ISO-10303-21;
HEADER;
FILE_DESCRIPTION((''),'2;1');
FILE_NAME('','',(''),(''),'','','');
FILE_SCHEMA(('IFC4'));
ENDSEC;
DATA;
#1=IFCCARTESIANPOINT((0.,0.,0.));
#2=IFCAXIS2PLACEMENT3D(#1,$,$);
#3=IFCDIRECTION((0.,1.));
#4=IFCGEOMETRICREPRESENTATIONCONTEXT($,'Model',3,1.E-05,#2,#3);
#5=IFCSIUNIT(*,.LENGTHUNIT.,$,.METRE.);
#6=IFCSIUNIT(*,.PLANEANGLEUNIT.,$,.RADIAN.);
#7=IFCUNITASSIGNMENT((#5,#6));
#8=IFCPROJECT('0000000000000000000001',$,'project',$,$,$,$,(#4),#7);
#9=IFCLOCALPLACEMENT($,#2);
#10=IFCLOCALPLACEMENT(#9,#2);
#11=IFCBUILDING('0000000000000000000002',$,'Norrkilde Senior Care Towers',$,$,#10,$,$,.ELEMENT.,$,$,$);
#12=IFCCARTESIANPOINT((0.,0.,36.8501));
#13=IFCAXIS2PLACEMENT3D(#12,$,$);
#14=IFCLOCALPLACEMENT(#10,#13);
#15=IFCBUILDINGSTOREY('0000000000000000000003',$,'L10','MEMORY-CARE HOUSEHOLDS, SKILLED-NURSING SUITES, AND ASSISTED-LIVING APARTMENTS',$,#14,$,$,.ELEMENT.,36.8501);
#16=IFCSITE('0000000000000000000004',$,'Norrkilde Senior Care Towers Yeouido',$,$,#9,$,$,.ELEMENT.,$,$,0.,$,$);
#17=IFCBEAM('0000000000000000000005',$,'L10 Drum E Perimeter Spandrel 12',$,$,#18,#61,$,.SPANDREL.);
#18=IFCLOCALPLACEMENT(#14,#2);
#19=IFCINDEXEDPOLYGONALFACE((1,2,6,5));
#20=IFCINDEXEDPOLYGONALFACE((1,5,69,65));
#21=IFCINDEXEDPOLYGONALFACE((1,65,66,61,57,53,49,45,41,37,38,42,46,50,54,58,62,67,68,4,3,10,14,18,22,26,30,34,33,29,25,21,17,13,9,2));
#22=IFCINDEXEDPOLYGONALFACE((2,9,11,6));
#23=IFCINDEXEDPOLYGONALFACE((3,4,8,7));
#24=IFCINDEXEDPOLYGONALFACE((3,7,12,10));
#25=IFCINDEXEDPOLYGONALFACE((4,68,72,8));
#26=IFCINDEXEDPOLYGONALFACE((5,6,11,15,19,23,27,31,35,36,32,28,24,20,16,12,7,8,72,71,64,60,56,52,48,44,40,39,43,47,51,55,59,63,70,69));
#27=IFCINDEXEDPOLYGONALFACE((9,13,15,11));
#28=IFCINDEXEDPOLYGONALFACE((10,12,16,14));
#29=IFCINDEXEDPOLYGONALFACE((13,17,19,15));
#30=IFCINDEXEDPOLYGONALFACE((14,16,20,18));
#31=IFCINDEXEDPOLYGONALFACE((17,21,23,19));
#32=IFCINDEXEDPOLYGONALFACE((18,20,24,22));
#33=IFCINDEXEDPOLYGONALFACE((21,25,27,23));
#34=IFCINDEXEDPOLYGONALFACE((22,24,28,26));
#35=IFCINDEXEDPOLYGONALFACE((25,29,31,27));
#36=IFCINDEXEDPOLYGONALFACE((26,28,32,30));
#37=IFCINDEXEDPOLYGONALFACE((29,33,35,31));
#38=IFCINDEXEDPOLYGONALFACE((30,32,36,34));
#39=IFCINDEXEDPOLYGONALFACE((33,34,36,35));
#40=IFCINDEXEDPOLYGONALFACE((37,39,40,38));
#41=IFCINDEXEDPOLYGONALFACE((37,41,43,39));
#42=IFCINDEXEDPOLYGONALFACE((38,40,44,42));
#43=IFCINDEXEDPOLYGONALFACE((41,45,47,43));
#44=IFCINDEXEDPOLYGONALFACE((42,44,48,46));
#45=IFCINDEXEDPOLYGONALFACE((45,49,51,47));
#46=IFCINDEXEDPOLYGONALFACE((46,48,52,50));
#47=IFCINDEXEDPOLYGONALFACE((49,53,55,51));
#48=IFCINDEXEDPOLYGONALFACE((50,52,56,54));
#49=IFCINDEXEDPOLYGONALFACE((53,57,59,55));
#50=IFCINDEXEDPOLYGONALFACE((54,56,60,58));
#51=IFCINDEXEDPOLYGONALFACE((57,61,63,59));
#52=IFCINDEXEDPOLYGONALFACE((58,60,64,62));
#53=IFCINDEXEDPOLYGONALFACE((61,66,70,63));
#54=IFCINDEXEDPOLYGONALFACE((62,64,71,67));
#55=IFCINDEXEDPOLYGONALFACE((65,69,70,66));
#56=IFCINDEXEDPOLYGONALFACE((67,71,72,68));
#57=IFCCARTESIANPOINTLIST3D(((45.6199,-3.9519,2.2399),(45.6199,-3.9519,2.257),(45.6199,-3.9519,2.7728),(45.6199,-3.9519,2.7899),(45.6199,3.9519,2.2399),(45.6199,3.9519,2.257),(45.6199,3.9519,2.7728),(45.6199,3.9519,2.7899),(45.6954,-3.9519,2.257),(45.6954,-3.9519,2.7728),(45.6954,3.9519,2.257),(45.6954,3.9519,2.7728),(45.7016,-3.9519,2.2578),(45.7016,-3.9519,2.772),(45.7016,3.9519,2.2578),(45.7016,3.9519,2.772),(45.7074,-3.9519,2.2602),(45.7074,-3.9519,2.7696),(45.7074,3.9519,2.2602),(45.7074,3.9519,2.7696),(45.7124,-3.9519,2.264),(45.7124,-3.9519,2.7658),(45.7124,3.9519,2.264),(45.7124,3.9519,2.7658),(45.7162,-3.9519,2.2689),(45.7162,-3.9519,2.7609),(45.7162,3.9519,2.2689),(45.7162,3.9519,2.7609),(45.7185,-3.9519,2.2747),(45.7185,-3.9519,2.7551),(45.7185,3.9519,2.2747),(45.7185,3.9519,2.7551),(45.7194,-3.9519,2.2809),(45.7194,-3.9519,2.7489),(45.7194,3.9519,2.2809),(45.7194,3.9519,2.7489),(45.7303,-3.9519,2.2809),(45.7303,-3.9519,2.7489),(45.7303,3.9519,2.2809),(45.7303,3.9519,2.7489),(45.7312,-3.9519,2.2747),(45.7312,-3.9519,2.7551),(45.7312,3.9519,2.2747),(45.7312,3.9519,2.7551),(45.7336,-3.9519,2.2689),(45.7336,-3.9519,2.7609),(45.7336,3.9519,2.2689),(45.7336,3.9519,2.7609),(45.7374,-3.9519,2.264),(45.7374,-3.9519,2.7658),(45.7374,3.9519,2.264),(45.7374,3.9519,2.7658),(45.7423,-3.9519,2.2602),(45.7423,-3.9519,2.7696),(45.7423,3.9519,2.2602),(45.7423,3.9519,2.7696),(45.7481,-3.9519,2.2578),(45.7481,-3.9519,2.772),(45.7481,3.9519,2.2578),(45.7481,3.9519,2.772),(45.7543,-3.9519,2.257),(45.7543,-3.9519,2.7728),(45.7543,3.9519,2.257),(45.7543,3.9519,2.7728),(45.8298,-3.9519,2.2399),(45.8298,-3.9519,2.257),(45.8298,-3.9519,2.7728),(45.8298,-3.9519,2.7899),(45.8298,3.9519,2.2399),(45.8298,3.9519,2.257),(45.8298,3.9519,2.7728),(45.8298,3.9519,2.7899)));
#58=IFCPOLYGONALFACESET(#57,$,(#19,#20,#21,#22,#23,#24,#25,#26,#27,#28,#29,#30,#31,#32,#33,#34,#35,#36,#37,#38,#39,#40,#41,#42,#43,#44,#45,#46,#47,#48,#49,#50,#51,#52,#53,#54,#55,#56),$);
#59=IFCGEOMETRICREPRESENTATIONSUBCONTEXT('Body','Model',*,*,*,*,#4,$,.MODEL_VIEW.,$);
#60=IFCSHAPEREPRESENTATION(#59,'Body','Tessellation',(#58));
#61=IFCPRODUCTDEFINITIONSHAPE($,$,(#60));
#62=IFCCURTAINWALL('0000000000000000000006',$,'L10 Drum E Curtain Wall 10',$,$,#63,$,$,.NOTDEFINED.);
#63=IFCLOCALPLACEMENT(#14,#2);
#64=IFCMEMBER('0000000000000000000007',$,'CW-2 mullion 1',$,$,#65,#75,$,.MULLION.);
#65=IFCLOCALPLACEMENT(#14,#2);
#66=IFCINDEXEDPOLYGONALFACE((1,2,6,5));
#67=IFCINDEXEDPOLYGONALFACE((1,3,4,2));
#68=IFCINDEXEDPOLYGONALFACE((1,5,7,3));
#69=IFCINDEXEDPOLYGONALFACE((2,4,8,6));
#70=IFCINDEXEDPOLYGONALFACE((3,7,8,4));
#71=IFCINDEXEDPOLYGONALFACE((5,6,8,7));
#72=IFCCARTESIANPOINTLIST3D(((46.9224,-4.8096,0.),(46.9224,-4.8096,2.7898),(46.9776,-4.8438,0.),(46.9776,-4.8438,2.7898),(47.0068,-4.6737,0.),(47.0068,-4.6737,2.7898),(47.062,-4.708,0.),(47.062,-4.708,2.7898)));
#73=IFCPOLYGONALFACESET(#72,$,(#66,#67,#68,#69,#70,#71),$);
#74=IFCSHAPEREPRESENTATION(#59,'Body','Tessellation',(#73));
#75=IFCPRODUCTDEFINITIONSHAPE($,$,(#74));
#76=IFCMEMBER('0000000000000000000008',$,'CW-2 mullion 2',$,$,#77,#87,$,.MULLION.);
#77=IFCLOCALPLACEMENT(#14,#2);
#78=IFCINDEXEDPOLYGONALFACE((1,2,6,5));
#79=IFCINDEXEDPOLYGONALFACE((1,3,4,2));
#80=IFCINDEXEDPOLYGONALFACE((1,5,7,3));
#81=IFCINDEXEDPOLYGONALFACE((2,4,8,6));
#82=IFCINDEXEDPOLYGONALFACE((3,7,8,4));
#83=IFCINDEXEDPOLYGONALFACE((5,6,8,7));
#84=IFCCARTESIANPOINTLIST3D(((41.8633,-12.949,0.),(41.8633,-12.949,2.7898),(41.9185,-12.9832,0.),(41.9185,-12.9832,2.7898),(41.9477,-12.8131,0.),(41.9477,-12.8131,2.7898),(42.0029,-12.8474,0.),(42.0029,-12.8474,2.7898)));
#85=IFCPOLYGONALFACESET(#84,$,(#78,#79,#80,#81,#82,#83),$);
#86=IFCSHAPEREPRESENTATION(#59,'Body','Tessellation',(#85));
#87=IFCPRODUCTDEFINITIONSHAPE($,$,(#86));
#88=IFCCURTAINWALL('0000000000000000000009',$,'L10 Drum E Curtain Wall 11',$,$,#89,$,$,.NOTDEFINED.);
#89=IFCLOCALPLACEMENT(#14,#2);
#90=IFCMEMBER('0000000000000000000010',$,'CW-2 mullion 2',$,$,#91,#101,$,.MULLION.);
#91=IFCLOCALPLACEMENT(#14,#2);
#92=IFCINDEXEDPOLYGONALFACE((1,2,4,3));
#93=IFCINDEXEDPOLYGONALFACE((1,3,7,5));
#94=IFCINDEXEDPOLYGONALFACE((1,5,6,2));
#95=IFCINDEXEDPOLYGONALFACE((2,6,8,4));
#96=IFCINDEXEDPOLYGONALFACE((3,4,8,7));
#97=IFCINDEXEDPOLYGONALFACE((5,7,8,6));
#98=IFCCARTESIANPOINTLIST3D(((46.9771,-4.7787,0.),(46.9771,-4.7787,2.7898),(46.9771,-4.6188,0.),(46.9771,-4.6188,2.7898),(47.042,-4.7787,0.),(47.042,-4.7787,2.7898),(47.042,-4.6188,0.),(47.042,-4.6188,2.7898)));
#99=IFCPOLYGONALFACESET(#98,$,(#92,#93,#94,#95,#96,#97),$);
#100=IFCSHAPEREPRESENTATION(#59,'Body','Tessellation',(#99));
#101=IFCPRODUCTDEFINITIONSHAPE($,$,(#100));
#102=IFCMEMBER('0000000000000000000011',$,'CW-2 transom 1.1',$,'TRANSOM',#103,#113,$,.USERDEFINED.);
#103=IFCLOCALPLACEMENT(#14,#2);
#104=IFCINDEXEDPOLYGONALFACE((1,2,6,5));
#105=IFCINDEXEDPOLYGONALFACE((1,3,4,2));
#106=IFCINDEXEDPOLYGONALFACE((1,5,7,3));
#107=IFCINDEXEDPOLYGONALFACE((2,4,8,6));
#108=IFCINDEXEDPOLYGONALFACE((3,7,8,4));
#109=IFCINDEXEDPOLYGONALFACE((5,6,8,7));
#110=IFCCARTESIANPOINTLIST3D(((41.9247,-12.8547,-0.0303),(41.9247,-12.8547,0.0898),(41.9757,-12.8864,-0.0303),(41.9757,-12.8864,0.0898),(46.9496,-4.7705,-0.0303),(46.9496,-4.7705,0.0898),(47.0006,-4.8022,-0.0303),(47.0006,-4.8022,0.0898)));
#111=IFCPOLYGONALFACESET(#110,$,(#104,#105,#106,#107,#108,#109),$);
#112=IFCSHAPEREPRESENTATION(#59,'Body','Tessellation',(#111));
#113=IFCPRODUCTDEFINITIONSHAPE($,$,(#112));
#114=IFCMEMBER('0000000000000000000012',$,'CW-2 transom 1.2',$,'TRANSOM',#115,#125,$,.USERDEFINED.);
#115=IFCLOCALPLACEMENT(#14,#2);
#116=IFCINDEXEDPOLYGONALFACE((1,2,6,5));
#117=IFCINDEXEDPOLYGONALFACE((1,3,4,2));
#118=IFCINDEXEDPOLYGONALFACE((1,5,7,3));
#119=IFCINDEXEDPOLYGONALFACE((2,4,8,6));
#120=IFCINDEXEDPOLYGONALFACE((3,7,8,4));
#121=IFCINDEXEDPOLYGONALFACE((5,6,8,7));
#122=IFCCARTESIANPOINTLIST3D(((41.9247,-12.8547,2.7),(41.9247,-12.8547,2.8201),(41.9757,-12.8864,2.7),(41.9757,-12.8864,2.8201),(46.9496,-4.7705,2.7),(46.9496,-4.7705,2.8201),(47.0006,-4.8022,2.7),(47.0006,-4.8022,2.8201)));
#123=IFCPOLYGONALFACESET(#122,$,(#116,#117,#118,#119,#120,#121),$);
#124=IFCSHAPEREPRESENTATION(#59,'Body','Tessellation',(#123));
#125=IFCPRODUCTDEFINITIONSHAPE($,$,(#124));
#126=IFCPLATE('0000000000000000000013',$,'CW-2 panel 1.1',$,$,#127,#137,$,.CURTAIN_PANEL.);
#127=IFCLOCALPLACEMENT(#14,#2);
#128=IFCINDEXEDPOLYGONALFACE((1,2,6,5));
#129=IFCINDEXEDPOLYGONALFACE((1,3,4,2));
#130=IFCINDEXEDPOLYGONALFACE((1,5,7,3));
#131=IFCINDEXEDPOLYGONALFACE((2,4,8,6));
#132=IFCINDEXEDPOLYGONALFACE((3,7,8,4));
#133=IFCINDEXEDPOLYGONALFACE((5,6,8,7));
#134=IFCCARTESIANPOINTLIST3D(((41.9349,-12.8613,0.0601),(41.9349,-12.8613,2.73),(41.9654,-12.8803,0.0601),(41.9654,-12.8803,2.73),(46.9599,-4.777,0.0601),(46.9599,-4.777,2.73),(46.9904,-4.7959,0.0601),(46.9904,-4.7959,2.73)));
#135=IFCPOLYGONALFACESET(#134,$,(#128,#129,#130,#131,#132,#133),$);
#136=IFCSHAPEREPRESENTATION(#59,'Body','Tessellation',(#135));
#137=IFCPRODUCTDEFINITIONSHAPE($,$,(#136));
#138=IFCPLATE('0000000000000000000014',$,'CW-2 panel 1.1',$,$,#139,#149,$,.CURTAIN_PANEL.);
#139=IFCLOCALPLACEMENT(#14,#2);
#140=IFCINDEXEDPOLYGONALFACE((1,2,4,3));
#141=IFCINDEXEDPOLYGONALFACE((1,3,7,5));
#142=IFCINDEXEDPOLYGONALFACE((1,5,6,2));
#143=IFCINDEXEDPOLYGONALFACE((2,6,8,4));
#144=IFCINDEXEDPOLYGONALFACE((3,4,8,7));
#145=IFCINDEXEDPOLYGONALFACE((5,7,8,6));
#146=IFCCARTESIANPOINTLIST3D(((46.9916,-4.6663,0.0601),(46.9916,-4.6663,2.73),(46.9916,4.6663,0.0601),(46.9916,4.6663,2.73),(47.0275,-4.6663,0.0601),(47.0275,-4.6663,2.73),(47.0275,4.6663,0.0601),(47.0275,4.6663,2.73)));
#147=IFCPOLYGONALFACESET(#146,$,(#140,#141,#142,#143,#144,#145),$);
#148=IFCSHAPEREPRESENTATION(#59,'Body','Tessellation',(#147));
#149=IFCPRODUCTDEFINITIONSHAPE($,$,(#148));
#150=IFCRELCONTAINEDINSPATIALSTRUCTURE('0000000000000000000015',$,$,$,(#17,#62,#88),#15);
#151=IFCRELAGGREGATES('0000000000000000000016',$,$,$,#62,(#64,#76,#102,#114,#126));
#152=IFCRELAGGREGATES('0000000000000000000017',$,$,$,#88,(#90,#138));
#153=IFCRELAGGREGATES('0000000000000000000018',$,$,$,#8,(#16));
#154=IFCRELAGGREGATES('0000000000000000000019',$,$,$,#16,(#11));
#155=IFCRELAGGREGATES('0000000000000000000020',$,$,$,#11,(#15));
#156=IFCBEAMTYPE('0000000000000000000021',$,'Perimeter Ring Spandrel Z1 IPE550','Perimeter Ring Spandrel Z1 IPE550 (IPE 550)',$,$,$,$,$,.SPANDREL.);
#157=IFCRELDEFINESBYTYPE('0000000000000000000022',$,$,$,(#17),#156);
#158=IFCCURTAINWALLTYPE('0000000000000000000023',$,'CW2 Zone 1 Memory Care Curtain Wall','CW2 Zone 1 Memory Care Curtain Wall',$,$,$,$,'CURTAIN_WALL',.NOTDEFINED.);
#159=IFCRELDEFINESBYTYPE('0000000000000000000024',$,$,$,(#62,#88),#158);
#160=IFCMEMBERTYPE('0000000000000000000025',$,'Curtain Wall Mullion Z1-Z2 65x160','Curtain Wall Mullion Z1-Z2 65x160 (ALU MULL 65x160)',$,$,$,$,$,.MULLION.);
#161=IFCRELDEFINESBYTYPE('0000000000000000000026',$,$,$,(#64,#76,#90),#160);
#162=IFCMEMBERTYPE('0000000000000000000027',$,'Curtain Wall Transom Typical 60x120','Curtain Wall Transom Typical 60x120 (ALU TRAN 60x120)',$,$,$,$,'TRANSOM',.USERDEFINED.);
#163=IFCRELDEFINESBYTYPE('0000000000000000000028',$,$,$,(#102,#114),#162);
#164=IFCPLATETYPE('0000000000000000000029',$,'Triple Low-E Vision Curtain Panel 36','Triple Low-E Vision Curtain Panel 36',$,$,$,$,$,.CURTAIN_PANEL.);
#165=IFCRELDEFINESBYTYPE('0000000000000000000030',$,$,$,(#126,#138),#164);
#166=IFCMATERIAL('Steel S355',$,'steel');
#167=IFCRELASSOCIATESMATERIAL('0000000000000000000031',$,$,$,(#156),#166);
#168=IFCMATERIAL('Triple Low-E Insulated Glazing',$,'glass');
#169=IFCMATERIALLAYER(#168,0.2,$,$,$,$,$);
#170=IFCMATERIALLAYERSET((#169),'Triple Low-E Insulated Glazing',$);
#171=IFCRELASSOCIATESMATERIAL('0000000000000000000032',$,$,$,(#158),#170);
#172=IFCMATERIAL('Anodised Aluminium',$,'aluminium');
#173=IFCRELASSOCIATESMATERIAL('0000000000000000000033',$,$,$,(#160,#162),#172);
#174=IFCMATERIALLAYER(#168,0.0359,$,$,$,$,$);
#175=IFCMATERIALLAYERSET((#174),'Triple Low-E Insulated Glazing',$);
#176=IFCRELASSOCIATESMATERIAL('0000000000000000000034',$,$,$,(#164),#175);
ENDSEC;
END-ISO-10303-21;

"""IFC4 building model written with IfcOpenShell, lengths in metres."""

from ifc_helpers import new_model, si_unit, direction, frame, origin, origin_2d, place, context, subcontext, project, spatial, rectangle, i_section, extrude, source, transform, mapped, material, layer, layer_set, material_profile, profile_set, type_object, type_shapes, element, aggregate, save


model = new_model("IFC4")

# Units and contexts
model_context = context("Model", 3, precision=1e-05, world=origin(), true_north=direction((0.0, 1.0)))
body_context = subcontext(model_context, "Body", "Model", "MODEL_VIEW")
ifc_project = project(units=[si_unit("LENGTHUNIT", "METRE"), si_unit("PLANEANGLEUNIT", "RADIAN")], contexts=[model_context])

# Site, building, storey
site_placement = place(None, origin())
site = spatial("IfcSite", under=ifc_project, at=site_placement, Name="Norrkilde Senior Care Towers Yeouido", CompositionType="ELEMENT", RefElevation=0.0)
building_placement = place(site_placement, origin())
building = spatial("IfcBuilding", under=site, at=building_placement, Name="Norrkilde Senior Care Towers", CompositionType="ELEMENT")
storey_placement = place(building_placement, frame((0.0, 0.0, 36.8501)))
storey = spatial("IfcBuildingStorey", under=building, at=storey_placement, Name="L10", Description="MEMORY-CARE HOUSEHOLDS, SKILLED-NURSING SUITES, AND ASSISTED-LIVING APARTMENTS", CompositionType="ELEMENT", Elevation=36.8501)

# Beam
ifc_material_1 = material(Name="Steel S355", Category="steel")
ifc_material_profile_1 = material_profile(ifc_material_1, i_section(OverallWidth=0.21, OverallDepth=0.55, WebThickness=0.011, FlangeThickness=0.0171, FilletRadius=0.0239, at=origin_2d()), Name="IPE 550")
ifc_profile_set_1 = profile_set([ifc_material_profile_1], Name="Steel S355")
beam_type_1 = type_object("IfcBeamType", Name="Perimeter Ring Spandrel Z1 IPE550", Description="Perimeter Ring Spandrel Z1 IPE550 (IPE 550)", PredefinedType="SPANDREL", material=ifc_profile_set_1)
shared_shape_1 = source(origin(), body_context, "Body", "SweptSolid", [
    extrude(i_section(OverallWidth=0.21, OverallDepth=0.55, WebThickness=0.011, FlangeThickness=0.0171, FilletRadius=0.0239, at=origin_2d()), origin(), (0.0, 0.0, 1.0), 7.9038),
])
beam_1_placement = place(storey_placement, frame((45.7249, -3.9519, 2.5149), z_axis=(0.0, 1.0, 0.0), x_axis=(-1.0, 0.0, 0.0)))
element("IfcBeam", 1, at=beam_1_placement, inside=storey, type_object=beam_type_1, Name="L10 Drum E Perimeter Spandrel 12", PredefinedType="SPANDREL", context=body_context, shape_type="MappedRepresentation", body=[
    mapped(shared_shape_1, transform((0.0, 0.0, 0.0), x_axis=(1.0, 0.0, 0.0), y_axis=(0.0, 1.0, 0.0), z_axis=(0.0, 0.0, 1.0), scale=1.0)),
])

# Curtain wall, members
ifc_material_2 = material(Name="Triple Low-E Insulated Glazing", Category="glass")
ifc_layer_1 = layer(ifc_material_2, 0.2)
ifc_layer_set_1 = layer_set([ifc_layer_1], Name="Triple Low-E Insulated Glazing")
curtain_wall_type = type_object("IfcCurtainWallType", Name="CW2 Zone 1 Memory Care Curtain Wall", Description="CW2 Zone 1 Memory Care Curtain Wall", ElementType="CURTAIN_WALL", PredefinedType="NOTDEFINED", material=ifc_layer_set_1)
curtain_wall_1_placement = place(storey_placement, origin())
curtain_wall_1 = element("IfcCurtainWall", 2, at=curtain_wall_1_placement, inside=storey, type_object=curtain_wall_type, Name="L10 Drum E Curtain Wall 10", PredefinedType="NOTDEFINED")
ifc_material_3 = material(Name="Anodised Aluminium", Category="aluminium")
ifc_material_profile_2 = material_profile(ifc_material_3, rectangle(XDim=0.0649, YDim=0.1599, at=origin_2d()), Name="ALU MULL 65x160")
ifc_profile_set_2 = profile_set([ifc_material_profile_2], Name="Anodised Aluminium")
member_type_1 = type_object("IfcMemberType", Name="Curtain Wall Mullion Z1-Z2 65x160", Description="Curtain Wall Mullion Z1-Z2 65x160 (ALU MULL 65x160)", PredefinedType="MULLION", material=ifc_profile_set_2)
shared_shape_2 = source(origin(), body_context, "Body", "SweptSolid", [
    extrude(rectangle(XDim=0.0649, YDim=0.1599, at=origin_2d()), origin(), (0.0, 0.0, 1.0), 2.7898),
])
type_shapes(member_type_1, [shared_shape_2])
member_1_placement = place(storey_placement, frame((46.9922, -4.7588, 0.0), z_axis=(0.0, 0.0, 1.0), x_axis=(0.849306, -0.527901, 0.0)))
member_1 = element("IfcMember", 3, at=member_1_placement, type_object=member_type_1, Name="CW-2 mullion 1", PredefinedType="MULLION", context=body_context, shape_type="MappedRepresentation", body=[
    mapped(shared_shape_2, transform((0.0, 0.0, 0.0), x_axis=(1.0, 0.0, 0.0), y_axis=(0.0, 1.0, 0.0), z_axis=(0.0, 0.0, 1.0), scale=1.0)),
])
member_2_placement = place(storey_placement, frame((41.9331, -12.8982, 0.0), z_axis=(0.0, 0.0, 1.0), x_axis=(0.849306, -0.527901, 0.0)))
member_2 = element("IfcMember", 4, at=member_2_placement, type_object=member_type_1, Name="CW-2 mullion 2", PredefinedType="MULLION", context=body_context, shape_type="MappedRepresentation", body=[
    mapped(shared_shape_2, transform((0.0, 0.0, 0.0), x_axis=(1.0, 0.0, 0.0), y_axis=(0.0, 1.0, 0.0), z_axis=(0.0, 0.0, 1.0), scale=1.0)),
])

# Curtain wall, member
curtain_wall_2_placement = place(storey_placement, origin())
curtain_wall_2 = element("IfcCurtainWall", 5, at=curtain_wall_2_placement, inside=storey, type_object=curtain_wall_type, Name="L10 Drum E Curtain Wall 11", PredefinedType="NOTDEFINED")
member_3_placement = place(storey_placement, frame((47.0095, -4.6987, 0.0), z_axis=(0.0, 0.0, 1.0), x_axis=(1.0, 0.0, 0.0)))
member_3 = element("IfcMember", 6, at=member_3_placement, type_object=member_type_1, Name="CW-2 mullion 2", PredefinedType="MULLION", context=body_context, shape_type="MappedRepresentation", body=[
    mapped(shared_shape_2, transform((0.0, 0.0, 0.0), x_axis=(1.0, 0.0, 0.0), y_axis=(0.0, 1.0, 0.0), z_axis=(0.0, 0.0, 1.0), scale=1.0)),
])

# Members
ifc_material_profile_3 = material_profile(ifc_material_3, rectangle(XDim=0.0601, YDim=0.1201, at=origin_2d()), Name="ALU TRAN 60x120")
ifc_profile_set_3 = profile_set([ifc_material_profile_3], Name="Anodised Aluminium")
member_type_2 = type_object("IfcMemberType", Name="Curtain Wall Transom Typical 60x120", Description="Curtain Wall Transom Typical 60x120 (ALU TRAN 60x120)", ElementType="TRANSOM", PredefinedType="USERDEFINED", material=ifc_profile_set_3)
shared_shape_3 = source(origin(), body_context, "Body", "SweptSolid", [
    extrude(rectangle(XDim=0.0601, YDim=0.1201, at=origin_2d()), origin(), (0.0, 0.0, 1.0), 9.5186),
])
type_shapes(member_type_2, [shared_shape_3])
member_4_placement = place(storey_placement, frame((46.9751, -4.7864, 0.0298), z_axis=(-0.527902, -0.849306, 0.0), x_axis=(0.849306, -0.527902, 0.0)))
member_4 = element("IfcMember", 7, at=member_4_placement, type_object=member_type_2, Name="CW-2 transom 1.1", ObjectType="TRANSOM", PredefinedType="USERDEFINED", context=body_context, shape_type="MappedRepresentation", body=[
    mapped(shared_shape_3, transform((0.0, 0.0, 0.0), x_axis=(1.0, 0.0, 0.0), y_axis=(0.0, 1.0, 0.0), z_axis=(0.0, 0.0, 1.0), scale=1.0)),
])
member_5_placement = place(storey_placement, frame((46.9751, -4.7864, 2.76), z_axis=(-0.527902, -0.849306, 0.0), x_axis=(0.849306, -0.527902, 0.0)))
member_5 = element("IfcMember", 8, at=member_5_placement, type_object=member_type_2, Name="CW-2 transom 1.2", ObjectType="TRANSOM", PredefinedType="USERDEFINED", context=body_context, shape_type="MappedRepresentation", body=[
    mapped(shared_shape_3, transform((0.0, 0.0, 0.0), x_axis=(1.0, 0.0, 0.0), y_axis=(0.0, 1.0, 0.0), z_axis=(0.0, 0.0, 1.0), scale=1.0)),
])

# Plates
ifc_layer_2 = layer(ifc_material_2, 0.0359)
ifc_layer_set_2 = layer_set([ifc_layer_2], Name="Triple Low-E Insulated Glazing")
plate_type = type_object("IfcPlateType", Name="Triple Low-E Vision Curtain Panel 36", Description="Triple Low-E Vision Curtain Panel 36", PredefinedType="CURTAIN_PANEL", material=ifc_layer_set_2)
shared_shape_4 = source(origin(), body_context, "Body", "SweptSolid", [
    extrude(rectangle(XDim=9.5188, YDim=0.0359, at=origin_2d()), origin(), (0.0, 0.0, 1.0), 2.6699),
])
plate_1_placement = place(storey_placement, frame((44.4626, -8.8286, 0.0601), z_axis=(0.0, 0.0, 1.0), x_axis=(-0.527901, -0.849306, 0.0)))
plate_1 = element("IfcPlate", 9, at=plate_1_placement, type_object=plate_type, Name="CW-2 panel 1.1", PredefinedType="CURTAIN_PANEL", context=body_context, shape_type="MappedRepresentation", body=[
    mapped(shared_shape_4, transform((0.0, 0.0, 0.0), x_axis=(1.0, 0.0, 0.0), y_axis=(0.0, 1.0, 0.0), z_axis=(0.0, 0.0, 1.0), scale=1.0)),
])
aggregate(curtain_wall_1, [member_1, member_2, member_4, member_5, plate_1])
shared_shape_5 = source(origin(), body_context, "Body", "SweptSolid", [
    extrude(rectangle(XDim=9.3325, YDim=0.0359, at=origin_2d()), origin(), (0.0, 0.0, 1.0), 2.6699),
])
type_shapes(plate_type, [shared_shape_4, shared_shape_5])
plate_2_placement = place(storey_placement, frame((47.0095, 0.0, 0.0601), z_axis=(0.0, 0.0, 1.0), x_axis=(0.0, -1.0, 0.0)))
plate_2 = element("IfcPlate", 10, at=plate_2_placement, type_object=plate_type, Name="CW-2 panel 1.1", PredefinedType="CURTAIN_PANEL", context=body_context, shape_type="MappedRepresentation", body=[
    mapped(shared_shape_5, transform((0.0, 0.0, 0.0), x_axis=(1.0, 0.0, 0.0), y_axis=(0.0, 1.0, 0.0), z_axis=(0.0, 0.0, 1.0), scale=1.0)),
])
aggregate(curtain_wall_2, [member_3, plate_2])

save(model, "model.ifc")
